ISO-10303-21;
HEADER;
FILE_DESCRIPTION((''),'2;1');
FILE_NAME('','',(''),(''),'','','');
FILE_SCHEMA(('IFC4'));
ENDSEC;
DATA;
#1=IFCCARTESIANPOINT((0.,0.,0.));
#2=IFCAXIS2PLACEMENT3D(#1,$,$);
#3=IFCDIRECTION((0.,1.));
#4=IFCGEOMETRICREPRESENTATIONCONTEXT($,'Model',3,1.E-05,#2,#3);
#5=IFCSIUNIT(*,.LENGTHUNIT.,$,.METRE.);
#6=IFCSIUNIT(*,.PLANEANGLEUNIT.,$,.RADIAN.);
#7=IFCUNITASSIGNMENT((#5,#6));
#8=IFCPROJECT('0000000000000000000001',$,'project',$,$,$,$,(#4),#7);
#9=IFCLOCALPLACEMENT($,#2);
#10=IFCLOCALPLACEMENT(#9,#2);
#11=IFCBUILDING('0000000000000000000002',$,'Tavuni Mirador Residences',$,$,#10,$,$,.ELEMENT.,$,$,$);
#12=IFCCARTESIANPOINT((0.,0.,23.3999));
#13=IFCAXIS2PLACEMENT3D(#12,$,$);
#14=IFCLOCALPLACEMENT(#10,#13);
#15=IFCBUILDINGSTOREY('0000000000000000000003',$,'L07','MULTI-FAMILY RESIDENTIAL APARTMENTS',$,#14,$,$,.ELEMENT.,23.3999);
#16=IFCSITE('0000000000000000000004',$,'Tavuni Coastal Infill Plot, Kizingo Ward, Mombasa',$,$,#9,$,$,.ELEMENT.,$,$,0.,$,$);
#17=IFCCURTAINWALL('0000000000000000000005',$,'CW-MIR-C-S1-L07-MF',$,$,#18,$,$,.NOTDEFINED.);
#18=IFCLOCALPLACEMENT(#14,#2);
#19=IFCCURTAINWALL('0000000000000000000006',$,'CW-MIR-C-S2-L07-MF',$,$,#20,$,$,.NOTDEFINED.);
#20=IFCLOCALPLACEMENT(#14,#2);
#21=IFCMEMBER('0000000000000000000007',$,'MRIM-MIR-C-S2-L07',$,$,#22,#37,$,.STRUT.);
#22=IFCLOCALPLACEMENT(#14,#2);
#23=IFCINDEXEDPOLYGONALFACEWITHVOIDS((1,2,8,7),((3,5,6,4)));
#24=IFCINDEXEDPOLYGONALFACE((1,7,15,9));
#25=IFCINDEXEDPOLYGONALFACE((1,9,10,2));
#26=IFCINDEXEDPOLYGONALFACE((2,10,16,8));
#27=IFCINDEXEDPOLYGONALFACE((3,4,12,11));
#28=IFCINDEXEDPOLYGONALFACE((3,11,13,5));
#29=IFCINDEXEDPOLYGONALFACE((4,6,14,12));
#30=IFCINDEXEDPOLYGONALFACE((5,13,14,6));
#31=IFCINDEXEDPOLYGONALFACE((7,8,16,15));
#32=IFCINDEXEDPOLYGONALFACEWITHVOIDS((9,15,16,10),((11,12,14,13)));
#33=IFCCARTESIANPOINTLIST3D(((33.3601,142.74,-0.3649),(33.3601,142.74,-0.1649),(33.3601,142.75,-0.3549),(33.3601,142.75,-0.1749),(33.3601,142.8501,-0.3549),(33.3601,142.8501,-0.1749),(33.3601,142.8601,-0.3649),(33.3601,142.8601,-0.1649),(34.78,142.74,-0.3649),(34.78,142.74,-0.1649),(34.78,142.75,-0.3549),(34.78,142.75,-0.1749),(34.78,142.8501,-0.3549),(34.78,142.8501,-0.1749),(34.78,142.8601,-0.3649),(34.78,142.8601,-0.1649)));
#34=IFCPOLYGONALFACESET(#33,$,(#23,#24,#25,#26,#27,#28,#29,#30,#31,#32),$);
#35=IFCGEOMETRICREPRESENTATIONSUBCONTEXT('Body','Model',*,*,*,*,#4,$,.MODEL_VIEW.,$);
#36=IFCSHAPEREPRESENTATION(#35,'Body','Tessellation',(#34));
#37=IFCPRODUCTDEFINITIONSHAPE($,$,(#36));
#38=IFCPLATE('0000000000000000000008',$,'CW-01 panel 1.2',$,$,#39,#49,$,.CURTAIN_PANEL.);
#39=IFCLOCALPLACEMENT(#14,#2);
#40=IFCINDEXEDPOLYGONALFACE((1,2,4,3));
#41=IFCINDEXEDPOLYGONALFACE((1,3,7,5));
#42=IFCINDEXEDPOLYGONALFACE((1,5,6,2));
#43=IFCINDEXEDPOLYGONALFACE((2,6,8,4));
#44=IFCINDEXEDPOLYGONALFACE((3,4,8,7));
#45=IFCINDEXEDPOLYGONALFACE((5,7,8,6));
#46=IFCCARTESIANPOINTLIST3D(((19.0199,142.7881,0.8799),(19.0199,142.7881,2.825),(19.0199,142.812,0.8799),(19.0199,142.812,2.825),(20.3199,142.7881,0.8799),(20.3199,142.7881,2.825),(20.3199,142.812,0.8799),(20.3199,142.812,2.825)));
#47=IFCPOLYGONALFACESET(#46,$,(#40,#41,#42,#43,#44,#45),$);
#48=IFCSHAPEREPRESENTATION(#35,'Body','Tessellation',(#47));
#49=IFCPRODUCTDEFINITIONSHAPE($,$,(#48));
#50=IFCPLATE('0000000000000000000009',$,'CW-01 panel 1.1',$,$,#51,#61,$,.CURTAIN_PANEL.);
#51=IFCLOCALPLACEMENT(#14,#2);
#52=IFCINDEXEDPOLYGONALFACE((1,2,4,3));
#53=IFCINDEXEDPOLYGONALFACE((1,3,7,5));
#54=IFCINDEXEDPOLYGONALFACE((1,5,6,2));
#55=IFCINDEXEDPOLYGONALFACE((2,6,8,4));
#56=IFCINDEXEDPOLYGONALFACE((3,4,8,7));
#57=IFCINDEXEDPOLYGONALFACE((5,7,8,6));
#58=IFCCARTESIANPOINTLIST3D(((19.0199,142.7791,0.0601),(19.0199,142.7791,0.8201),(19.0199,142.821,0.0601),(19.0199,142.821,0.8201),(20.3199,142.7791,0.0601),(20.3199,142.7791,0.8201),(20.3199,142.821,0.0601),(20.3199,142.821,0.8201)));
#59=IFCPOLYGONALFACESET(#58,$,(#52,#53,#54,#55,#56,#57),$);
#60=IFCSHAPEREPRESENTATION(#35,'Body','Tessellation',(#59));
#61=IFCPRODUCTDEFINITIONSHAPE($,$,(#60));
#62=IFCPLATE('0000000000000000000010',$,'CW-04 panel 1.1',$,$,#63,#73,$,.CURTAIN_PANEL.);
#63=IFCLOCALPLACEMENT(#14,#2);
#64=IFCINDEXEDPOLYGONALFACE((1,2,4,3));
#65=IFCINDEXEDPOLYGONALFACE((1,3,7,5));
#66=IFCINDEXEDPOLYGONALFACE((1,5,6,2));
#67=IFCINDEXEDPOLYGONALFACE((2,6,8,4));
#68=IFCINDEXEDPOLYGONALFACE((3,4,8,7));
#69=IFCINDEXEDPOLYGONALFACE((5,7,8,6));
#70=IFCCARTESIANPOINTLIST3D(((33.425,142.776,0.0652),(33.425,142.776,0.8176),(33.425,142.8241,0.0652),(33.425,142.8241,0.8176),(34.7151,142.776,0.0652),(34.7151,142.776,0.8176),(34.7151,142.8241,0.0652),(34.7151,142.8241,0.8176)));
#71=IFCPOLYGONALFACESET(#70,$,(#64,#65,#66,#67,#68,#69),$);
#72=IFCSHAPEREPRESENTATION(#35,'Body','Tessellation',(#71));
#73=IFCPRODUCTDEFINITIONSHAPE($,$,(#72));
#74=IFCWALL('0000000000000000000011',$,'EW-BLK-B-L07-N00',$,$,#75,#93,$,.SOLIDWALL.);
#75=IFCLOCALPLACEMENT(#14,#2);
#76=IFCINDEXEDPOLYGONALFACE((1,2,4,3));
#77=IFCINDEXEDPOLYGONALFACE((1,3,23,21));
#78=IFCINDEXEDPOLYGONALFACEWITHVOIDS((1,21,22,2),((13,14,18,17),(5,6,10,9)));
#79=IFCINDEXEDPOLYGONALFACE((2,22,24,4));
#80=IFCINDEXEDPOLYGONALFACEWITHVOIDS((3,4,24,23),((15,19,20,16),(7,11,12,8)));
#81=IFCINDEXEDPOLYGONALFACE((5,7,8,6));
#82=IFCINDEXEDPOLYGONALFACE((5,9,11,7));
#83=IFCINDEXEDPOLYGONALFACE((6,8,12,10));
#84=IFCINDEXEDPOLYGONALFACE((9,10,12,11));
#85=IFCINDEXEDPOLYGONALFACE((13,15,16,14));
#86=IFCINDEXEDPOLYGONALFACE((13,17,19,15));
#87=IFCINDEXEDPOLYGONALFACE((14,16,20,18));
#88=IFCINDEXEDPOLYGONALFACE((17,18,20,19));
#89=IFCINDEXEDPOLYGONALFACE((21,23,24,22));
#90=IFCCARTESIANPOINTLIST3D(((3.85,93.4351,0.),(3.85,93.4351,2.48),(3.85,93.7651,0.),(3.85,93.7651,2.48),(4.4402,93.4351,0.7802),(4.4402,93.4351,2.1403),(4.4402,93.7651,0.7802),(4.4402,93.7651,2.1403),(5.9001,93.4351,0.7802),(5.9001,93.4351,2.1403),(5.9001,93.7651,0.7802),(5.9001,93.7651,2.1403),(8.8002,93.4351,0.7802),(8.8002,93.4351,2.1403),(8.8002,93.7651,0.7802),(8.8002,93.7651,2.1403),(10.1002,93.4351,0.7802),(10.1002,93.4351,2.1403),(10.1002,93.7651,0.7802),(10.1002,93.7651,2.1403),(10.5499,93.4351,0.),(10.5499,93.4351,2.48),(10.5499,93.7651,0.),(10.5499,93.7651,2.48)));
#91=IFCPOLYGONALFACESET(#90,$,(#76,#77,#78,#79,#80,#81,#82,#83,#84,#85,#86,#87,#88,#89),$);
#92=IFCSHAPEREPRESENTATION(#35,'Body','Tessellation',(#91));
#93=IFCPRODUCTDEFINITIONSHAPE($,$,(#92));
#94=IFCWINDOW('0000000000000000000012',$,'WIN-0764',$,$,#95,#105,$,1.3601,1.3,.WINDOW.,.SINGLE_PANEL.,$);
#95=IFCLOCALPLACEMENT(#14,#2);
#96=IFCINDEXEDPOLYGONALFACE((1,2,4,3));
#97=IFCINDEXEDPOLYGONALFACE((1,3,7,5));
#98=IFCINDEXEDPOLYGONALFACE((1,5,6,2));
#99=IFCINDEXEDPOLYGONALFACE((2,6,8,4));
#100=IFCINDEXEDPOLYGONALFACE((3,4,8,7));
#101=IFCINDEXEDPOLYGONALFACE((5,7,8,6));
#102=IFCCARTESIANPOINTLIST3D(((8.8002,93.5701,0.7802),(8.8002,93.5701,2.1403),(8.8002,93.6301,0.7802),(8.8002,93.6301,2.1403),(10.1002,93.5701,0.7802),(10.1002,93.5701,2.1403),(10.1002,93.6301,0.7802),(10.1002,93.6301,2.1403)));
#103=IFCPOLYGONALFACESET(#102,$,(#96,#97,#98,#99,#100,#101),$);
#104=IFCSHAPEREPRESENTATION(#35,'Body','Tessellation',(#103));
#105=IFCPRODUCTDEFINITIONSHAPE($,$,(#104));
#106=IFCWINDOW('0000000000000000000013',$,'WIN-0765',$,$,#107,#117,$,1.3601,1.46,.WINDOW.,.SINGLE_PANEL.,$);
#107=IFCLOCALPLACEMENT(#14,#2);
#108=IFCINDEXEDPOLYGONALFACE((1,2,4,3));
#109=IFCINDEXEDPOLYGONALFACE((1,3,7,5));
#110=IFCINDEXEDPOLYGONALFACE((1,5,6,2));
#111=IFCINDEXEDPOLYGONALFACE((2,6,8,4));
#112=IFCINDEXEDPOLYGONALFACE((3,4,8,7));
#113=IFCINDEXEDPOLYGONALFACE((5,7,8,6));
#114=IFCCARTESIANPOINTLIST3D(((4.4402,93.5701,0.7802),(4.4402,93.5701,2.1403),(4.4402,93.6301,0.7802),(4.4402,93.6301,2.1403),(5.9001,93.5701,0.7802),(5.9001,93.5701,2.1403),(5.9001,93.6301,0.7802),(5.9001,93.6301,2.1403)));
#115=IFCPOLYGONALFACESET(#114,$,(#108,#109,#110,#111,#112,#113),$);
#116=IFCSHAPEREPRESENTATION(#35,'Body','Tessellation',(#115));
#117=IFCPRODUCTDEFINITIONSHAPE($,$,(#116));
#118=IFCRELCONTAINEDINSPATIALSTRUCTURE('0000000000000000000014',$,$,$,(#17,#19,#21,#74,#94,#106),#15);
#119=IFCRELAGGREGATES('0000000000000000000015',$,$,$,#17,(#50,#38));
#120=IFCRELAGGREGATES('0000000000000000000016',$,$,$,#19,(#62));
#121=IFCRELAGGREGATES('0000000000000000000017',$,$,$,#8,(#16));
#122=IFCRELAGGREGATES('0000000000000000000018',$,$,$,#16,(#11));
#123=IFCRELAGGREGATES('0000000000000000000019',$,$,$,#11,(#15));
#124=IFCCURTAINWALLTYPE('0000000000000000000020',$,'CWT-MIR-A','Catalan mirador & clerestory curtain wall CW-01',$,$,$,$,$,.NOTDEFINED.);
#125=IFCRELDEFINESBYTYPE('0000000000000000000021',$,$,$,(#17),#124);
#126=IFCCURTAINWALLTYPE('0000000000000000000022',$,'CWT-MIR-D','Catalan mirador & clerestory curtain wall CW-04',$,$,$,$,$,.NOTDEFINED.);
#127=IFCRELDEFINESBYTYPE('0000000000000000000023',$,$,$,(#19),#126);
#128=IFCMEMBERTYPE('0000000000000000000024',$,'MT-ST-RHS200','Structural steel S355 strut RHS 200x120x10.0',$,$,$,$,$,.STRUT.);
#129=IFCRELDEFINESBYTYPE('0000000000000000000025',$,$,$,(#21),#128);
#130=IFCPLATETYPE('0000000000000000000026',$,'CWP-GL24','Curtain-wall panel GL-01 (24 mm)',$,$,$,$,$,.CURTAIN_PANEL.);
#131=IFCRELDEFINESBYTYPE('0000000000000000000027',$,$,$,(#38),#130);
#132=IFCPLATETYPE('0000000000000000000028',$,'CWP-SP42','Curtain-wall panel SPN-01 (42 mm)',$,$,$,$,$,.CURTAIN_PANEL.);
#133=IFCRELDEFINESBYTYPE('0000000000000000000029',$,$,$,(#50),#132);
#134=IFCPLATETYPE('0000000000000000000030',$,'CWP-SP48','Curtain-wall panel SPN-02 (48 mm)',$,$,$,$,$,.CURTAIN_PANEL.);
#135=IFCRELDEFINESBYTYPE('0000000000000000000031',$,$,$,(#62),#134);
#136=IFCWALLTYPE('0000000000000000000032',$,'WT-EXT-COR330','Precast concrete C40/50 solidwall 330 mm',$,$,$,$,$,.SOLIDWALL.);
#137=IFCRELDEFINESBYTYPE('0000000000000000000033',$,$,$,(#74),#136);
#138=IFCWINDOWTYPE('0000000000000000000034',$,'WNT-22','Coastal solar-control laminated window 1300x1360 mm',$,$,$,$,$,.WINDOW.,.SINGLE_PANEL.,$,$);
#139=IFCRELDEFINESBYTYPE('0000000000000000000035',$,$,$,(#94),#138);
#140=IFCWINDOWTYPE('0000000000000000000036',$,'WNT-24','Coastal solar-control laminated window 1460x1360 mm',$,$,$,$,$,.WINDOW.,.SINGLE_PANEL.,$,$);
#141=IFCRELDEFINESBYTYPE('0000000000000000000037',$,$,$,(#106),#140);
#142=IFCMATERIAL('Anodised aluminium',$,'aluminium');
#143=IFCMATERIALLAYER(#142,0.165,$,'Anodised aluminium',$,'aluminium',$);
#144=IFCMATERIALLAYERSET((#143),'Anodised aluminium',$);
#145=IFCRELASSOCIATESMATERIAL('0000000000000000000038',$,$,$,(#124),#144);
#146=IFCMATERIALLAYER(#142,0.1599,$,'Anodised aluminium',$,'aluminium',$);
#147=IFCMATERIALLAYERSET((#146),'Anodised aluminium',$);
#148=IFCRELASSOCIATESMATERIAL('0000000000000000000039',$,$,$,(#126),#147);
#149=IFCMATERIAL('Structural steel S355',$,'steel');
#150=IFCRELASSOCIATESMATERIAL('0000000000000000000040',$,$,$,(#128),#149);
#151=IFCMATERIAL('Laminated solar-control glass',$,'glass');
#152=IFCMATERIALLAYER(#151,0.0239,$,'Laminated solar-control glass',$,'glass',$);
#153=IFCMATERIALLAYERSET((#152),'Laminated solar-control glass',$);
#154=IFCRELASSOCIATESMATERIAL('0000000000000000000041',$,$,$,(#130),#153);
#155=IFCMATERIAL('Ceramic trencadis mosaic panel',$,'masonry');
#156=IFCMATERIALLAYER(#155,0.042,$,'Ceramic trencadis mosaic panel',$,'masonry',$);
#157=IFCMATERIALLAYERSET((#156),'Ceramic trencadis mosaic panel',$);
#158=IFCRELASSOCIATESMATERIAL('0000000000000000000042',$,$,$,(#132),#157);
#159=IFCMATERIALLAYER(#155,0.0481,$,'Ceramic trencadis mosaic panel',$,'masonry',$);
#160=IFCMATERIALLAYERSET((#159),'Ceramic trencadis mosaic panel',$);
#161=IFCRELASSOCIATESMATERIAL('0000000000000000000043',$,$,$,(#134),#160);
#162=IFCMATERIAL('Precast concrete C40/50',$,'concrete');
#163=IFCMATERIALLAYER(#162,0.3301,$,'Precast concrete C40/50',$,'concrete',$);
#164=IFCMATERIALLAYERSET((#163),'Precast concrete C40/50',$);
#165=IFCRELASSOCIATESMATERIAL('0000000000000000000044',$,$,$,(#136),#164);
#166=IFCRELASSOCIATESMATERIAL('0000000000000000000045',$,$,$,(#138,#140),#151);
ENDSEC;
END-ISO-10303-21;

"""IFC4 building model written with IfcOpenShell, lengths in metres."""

from ifc_helpers import new_model, si_unit, direction, frame, frame_2d, origin, origin_2d, place, context, subcontext, project, spatial, rectangle, hollow_rectangle, extrude, material, layer, layer_set, material_profile, profile_set, type_object, element, fill, aggregate, save


model = new_model("IFC4")

# Units and contexts
model_context = context("Model", 3, precision=1e-05, world=origin(), true_north=direction((0.0, 1.0)))
body_context = subcontext(model_context, "Body", "Model", "MODEL_VIEW")
ifc_project = project(units=[si_unit("LENGTHUNIT", "METRE"), si_unit("PLANEANGLEUNIT", "RADIAN")], contexts=[model_context])

# Site, building, storey
site_placement = place(None, origin())
site = spatial("IfcSite", under=ifc_project, at=site_placement, Name="Tavuni Coastal Infill Plot, Kizingo Ward, Mombasa", CompositionType="ELEMENT", RefElevation=0.0)
building_placement = place(site_placement, origin())
building = spatial("IfcBuilding", under=site, at=building_placement, Name="Tavuni Mirador Residences", CompositionType="ELEMENT")
storey_placement = place(building_placement, frame((0.0, 0.0, 23.3999)))
storey = spatial("IfcBuildingStorey", under=building, at=storey_placement, Name="L07", Description="MULTI-FAMILY RESIDENTIAL APARTMENTS", CompositionType="ELEMENT", Elevation=23.3999)

# Curtain wall
ifc_material_1 = material(Name="Anodised aluminium", Category="aluminium")
ifc_layer_1 = layer(ifc_material_1, 0.165, Name="Anodised aluminium", Category="aluminium")
ifc_layer_set_1 = layer_set([ifc_layer_1], Name="Anodised aluminium")
curtain_wall_type_1 = type_object("IfcCurtainWallType", Name="CWT-MIR-A", Description="Catalan mirador & clerestory curtain wall CW-01", PredefinedType="NOTDEFINED", material=ifc_layer_set_1)
curtain_wall_1_placement = place(storey_placement, origin())
curtain_wall_1 = element("IfcCurtainWall", 1, at=curtain_wall_1_placement, inside=storey, type_object=curtain_wall_type_1, Name="CW-MIR-C-S1-L07-MF", PredefinedType="NOTDEFINED")

# Curtain wall
ifc_layer_2 = layer(ifc_material_1, 0.1599, Name="Anodised aluminium", Category="aluminium")
ifc_layer_set_2 = layer_set([ifc_layer_2], Name="Anodised aluminium")
curtain_wall_type_2 = type_object("IfcCurtainWallType", Name="CWT-MIR-D", Description="Catalan mirador & clerestory curtain wall CW-04", PredefinedType="NOTDEFINED", material=ifc_layer_set_2)
curtain_wall_2_placement = place(storey_placement, origin())
curtain_wall_2 = element("IfcCurtainWall", 2, at=curtain_wall_2_placement, inside=storey, type_object=curtain_wall_type_2, Name="CW-MIR-C-S2-L07-MF", PredefinedType="NOTDEFINED")

# Member
ifc_material_2 = material(Name="Structural steel S355", Category="steel")
ifc_material_profile_1 = material_profile(ifc_material_2, hollow_rectangle(XDim=0.1201, YDim=0.2, WallThickness=0.01, at=origin_2d()), Name="RHS 200x120x10.0", Category="steel")
ifc_profile_set_1 = profile_set([ifc_material_profile_1], Name="Structural steel S355")
member_type_1 = type_object("IfcMemberType", Name="MT-ST-RHS200", Description="Structural steel S355 strut RHS 200x120x10.0", PredefinedType="STRUT", material=ifc_profile_set_1)
for number, where, z_axis, x_axis, name in (
    (3, (33.3601, 142.8, -0.2649), (1.0, 0.0, 0.0), (0.0, 1.0, 0.0), "MRIM-MIR-C-S2-L07"),
):
    element("IfcMember", number, at=place(storey_placement, frame(where, z_axis=z_axis, x_axis=x_axis)), inside=storey, type_object=member_type_1, Name=name, PredefinedType="STRUT", context=body_context, shape_type="SweptSolid", body=[
        extrude(hollow_rectangle(XDim=0.1201, YDim=0.2, WallThickness=0.01, at=origin_2d()), origin(), (0.0, 0.0, 1.0), 1.4199),
    ])

# Plates
ifc_material_3 = material(Name="Laminated solar-control glass", Category="glass")
ifc_layer_3 = layer(ifc_material_3, 0.0239, Name="Laminated solar-control glass", Category="glass")
ifc_layer_set_3 = layer_set([ifc_layer_3], Name="Laminated solar-control glass")
plate_type_1 = type_object("IfcPlateType", Name="CWP-GL24", Description="Curtain-wall panel GL-01 (24 mm)", PredefinedType="CURTAIN_PANEL", material=ifc_layer_set_3)
plate_1_placement = place(storey_placement, frame((19.6699, 142.8, 0.8799), z_axis=(0.0, 0.0, 1.0), x_axis=(1.0, 0.0, 0.0)))
plate_1 = element("IfcPlate", 4, at=plate_1_placement, type_object=plate_type_1, Name="CW-01 panel 1.2", PredefinedType="CURTAIN_PANEL", context=body_context, shape_type="SweptSolid", body=[
    extrude(rectangle(XDim=1.3, YDim=0.0239, at=origin_2d()), origin(), (0.0, 0.0, 1.0), 1.9451),
])
ifc_material_4 = material(Name="Ceramic trencadis mosaic panel", Category="masonry")
ifc_layer_4 = layer(ifc_material_4, 0.042, Name="Ceramic trencadis mosaic panel", Category="masonry")
ifc_layer_set_4 = layer_set([ifc_layer_4], Name="Ceramic trencadis mosaic panel")
plate_type_2 = type_object("IfcPlateType", Name="CWP-SP42", Description="Curtain-wall panel SPN-01 (42 mm)", PredefinedType="CURTAIN_PANEL", material=ifc_layer_set_4)
plate_2_placement = place(storey_placement, frame((19.6699, 142.8, 0.0601), z_axis=(0.0, 0.0, 1.0), x_axis=(1.0, 0.0, 0.0)))
plate_2 = element("IfcPlate", 5, at=plate_2_placement, type_object=plate_type_2, Name="CW-01 panel 1.1", PredefinedType="CURTAIN_PANEL", context=body_context, shape_type="SweptSolid", body=[
    extrude(rectangle(XDim=1.3, YDim=0.042, at=origin_2d()), origin(), (0.0, 0.0, 1.0), 0.76),
])
aggregate(curtain_wall_1, [plate_2, plate_1])
ifc_layer_5 = layer(ifc_material_4, 0.0481, Name="Ceramic trencadis mosaic panel", Category="masonry")
ifc_layer_set_5 = layer_set([ifc_layer_5], Name="Ceramic trencadis mosaic panel")
plate_type_3 = type_object("IfcPlateType", Name="CWP-SP48", Description="Curtain-wall panel SPN-02 (48 mm)", PredefinedType="CURTAIN_PANEL", material=ifc_layer_set_5)
plate_3_placement = place(storey_placement, frame((34.0701, 142.8, 0.0652), z_axis=(0.0, 0.0, 1.0), x_axis=(1.0, 0.0, 0.0)))
plate_3 = element("IfcPlate", 6, at=plate_3_placement, type_object=plate_type_3, Name="CW-04 panel 1.1", PredefinedType="CURTAIN_PANEL", context=body_context, shape_type="SweptSolid", body=[
    extrude(rectangle(XDim=1.29, YDim=0.0481, at=origin_2d()), origin(), (0.0, 0.0, 1.0), 0.7524),
])
aggregate(curtain_wall_2, [plate_3])

# Wall, openings, windows
ifc_material_5 = material(Name="Precast concrete C40/50", Category="concrete")
ifc_layer_6 = layer(ifc_material_5, 0.3301, Name="Precast concrete C40/50", Category="concrete")
ifc_layer_set_6 = layer_set([ifc_layer_6], Name="Precast concrete C40/50")
wall_type_1 = type_object("IfcWallType", Name="WT-EXT-COR330", Description="Precast concrete C40/50 solidwall 330 mm", PredefinedType="SOLIDWALL", material=ifc_layer_set_6)
wall_1_placement = place(storey_placement, frame((10.55, 93.6001, 0.0), z_axis=(0.0, 0.0, 1.0), x_axis=(-1.0, 0.0, 0.0)))
wall_1 = element("IfcWall", 7, at=wall_1_placement, inside=storey, type_object=wall_type_1, Name="EW-BLK-B-L07-N00", PredefinedType="SOLIDWALL", context=body_context, shape_type="SweptSolid", body=[
    extrude(rectangle(XDim=6.7, YDim=0.3301, at=frame_2d((3.3501, 0.0))), origin(), (0.0, 0.0, 1.0), 2.48),
])
opening_1_placement = place(wall_1_placement, frame((0.45, 0.0, 0.78)))
opening_1 = element("IfcOpeningElement", 8, at=opening_1_placement, cuts=wall_1, PredefinedType="OPENING", context=body_context, shape_type="SweptSolid", body=[
    extrude(rectangle(XDim=1.3, YDim=1.3601, at=frame_2d((0.6499, 0.6802))), frame((0.0, 0.175, 0.0), z_axis=(0.0, -1.0, 0.0), x_axis=(1.0, 0.0, 0.0)), (0.0, 0.0, 1.0), 0.3501),
])
opening_2_placement = place(wall_1_placement, frame((4.6499, 0.0, 0.78)))
opening_2 = element("IfcOpeningElement", 9, at=opening_2_placement, cuts=wall_1, PredefinedType="OPENING", context=body_context, shape_type="SweptSolid", body=[
    extrude(rectangle(XDim=1.46, YDim=1.3601, at=frame_2d((0.73, 0.6802))), frame((0.0, 0.175, 0.0), z_axis=(0.0, -1.0, 0.0), x_axis=(1.0, 0.0, 0.0)), (0.0, 0.0, 1.0), 0.3501),
])
window_type_1 = type_object("IfcWindowType", Name="WNT-22", Description="Coastal solar-control laminated window 1300x1360 mm", PartitioningType="SINGLE_PANEL", PredefinedType="WINDOW", material=ifc_material_3)
window_1_placement = place(opening_1_placement, origin())
window_1 = element("IfcWindow", 10, at=window_1_placement, inside=storey, type_object=window_type_1, Name="WIN-0764", OverallHeight=1.3601, OverallWidth=1.3, PartitioningType="SINGLE_PANEL", PredefinedType="WINDOW", context=body_context, shape_type="SweptSolid", body=[
    extrude(rectangle(XDim=1.3, YDim=1.3601, at=frame_2d((0.6499, 0.6802))), frame((0.0, 0.03, 0.0), z_axis=(0.0, -1.0, 0.0), x_axis=(1.0, 0.0, 0.0)), (0.0, 0.0, 1.0), 0.0601),
])
fill(opening_1, window_1)
window_type_2 = type_object("IfcWindowType", Name="WNT-24", Description="Coastal solar-control laminated window 1460x1360 mm", PartitioningType="SINGLE_PANEL", PredefinedType="WINDOW", material=ifc_material_3)
window_2_placement = place(opening_2_placement, origin())
window_2 = element("IfcWindow", 11, at=window_2_placement, inside=storey, type_object=window_type_2, Name="WIN-0765", OverallHeight=1.3601, OverallWidth=1.46, PartitioningType="SINGLE_PANEL", PredefinedType="WINDOW", context=body_context, shape_type="SweptSolid", body=[
    extrude(rectangle(XDim=1.46, YDim=1.3601, at=frame_2d((0.73, 0.6802))), frame((0.0, 0.03, 0.0), z_axis=(0.0, -1.0, 0.0), x_axis=(1.0, 0.0, 0.0)), (0.0, 0.0, 1.0), 0.0601),
])
fill(opening_2, window_2)

save(model, "model.ifc")
